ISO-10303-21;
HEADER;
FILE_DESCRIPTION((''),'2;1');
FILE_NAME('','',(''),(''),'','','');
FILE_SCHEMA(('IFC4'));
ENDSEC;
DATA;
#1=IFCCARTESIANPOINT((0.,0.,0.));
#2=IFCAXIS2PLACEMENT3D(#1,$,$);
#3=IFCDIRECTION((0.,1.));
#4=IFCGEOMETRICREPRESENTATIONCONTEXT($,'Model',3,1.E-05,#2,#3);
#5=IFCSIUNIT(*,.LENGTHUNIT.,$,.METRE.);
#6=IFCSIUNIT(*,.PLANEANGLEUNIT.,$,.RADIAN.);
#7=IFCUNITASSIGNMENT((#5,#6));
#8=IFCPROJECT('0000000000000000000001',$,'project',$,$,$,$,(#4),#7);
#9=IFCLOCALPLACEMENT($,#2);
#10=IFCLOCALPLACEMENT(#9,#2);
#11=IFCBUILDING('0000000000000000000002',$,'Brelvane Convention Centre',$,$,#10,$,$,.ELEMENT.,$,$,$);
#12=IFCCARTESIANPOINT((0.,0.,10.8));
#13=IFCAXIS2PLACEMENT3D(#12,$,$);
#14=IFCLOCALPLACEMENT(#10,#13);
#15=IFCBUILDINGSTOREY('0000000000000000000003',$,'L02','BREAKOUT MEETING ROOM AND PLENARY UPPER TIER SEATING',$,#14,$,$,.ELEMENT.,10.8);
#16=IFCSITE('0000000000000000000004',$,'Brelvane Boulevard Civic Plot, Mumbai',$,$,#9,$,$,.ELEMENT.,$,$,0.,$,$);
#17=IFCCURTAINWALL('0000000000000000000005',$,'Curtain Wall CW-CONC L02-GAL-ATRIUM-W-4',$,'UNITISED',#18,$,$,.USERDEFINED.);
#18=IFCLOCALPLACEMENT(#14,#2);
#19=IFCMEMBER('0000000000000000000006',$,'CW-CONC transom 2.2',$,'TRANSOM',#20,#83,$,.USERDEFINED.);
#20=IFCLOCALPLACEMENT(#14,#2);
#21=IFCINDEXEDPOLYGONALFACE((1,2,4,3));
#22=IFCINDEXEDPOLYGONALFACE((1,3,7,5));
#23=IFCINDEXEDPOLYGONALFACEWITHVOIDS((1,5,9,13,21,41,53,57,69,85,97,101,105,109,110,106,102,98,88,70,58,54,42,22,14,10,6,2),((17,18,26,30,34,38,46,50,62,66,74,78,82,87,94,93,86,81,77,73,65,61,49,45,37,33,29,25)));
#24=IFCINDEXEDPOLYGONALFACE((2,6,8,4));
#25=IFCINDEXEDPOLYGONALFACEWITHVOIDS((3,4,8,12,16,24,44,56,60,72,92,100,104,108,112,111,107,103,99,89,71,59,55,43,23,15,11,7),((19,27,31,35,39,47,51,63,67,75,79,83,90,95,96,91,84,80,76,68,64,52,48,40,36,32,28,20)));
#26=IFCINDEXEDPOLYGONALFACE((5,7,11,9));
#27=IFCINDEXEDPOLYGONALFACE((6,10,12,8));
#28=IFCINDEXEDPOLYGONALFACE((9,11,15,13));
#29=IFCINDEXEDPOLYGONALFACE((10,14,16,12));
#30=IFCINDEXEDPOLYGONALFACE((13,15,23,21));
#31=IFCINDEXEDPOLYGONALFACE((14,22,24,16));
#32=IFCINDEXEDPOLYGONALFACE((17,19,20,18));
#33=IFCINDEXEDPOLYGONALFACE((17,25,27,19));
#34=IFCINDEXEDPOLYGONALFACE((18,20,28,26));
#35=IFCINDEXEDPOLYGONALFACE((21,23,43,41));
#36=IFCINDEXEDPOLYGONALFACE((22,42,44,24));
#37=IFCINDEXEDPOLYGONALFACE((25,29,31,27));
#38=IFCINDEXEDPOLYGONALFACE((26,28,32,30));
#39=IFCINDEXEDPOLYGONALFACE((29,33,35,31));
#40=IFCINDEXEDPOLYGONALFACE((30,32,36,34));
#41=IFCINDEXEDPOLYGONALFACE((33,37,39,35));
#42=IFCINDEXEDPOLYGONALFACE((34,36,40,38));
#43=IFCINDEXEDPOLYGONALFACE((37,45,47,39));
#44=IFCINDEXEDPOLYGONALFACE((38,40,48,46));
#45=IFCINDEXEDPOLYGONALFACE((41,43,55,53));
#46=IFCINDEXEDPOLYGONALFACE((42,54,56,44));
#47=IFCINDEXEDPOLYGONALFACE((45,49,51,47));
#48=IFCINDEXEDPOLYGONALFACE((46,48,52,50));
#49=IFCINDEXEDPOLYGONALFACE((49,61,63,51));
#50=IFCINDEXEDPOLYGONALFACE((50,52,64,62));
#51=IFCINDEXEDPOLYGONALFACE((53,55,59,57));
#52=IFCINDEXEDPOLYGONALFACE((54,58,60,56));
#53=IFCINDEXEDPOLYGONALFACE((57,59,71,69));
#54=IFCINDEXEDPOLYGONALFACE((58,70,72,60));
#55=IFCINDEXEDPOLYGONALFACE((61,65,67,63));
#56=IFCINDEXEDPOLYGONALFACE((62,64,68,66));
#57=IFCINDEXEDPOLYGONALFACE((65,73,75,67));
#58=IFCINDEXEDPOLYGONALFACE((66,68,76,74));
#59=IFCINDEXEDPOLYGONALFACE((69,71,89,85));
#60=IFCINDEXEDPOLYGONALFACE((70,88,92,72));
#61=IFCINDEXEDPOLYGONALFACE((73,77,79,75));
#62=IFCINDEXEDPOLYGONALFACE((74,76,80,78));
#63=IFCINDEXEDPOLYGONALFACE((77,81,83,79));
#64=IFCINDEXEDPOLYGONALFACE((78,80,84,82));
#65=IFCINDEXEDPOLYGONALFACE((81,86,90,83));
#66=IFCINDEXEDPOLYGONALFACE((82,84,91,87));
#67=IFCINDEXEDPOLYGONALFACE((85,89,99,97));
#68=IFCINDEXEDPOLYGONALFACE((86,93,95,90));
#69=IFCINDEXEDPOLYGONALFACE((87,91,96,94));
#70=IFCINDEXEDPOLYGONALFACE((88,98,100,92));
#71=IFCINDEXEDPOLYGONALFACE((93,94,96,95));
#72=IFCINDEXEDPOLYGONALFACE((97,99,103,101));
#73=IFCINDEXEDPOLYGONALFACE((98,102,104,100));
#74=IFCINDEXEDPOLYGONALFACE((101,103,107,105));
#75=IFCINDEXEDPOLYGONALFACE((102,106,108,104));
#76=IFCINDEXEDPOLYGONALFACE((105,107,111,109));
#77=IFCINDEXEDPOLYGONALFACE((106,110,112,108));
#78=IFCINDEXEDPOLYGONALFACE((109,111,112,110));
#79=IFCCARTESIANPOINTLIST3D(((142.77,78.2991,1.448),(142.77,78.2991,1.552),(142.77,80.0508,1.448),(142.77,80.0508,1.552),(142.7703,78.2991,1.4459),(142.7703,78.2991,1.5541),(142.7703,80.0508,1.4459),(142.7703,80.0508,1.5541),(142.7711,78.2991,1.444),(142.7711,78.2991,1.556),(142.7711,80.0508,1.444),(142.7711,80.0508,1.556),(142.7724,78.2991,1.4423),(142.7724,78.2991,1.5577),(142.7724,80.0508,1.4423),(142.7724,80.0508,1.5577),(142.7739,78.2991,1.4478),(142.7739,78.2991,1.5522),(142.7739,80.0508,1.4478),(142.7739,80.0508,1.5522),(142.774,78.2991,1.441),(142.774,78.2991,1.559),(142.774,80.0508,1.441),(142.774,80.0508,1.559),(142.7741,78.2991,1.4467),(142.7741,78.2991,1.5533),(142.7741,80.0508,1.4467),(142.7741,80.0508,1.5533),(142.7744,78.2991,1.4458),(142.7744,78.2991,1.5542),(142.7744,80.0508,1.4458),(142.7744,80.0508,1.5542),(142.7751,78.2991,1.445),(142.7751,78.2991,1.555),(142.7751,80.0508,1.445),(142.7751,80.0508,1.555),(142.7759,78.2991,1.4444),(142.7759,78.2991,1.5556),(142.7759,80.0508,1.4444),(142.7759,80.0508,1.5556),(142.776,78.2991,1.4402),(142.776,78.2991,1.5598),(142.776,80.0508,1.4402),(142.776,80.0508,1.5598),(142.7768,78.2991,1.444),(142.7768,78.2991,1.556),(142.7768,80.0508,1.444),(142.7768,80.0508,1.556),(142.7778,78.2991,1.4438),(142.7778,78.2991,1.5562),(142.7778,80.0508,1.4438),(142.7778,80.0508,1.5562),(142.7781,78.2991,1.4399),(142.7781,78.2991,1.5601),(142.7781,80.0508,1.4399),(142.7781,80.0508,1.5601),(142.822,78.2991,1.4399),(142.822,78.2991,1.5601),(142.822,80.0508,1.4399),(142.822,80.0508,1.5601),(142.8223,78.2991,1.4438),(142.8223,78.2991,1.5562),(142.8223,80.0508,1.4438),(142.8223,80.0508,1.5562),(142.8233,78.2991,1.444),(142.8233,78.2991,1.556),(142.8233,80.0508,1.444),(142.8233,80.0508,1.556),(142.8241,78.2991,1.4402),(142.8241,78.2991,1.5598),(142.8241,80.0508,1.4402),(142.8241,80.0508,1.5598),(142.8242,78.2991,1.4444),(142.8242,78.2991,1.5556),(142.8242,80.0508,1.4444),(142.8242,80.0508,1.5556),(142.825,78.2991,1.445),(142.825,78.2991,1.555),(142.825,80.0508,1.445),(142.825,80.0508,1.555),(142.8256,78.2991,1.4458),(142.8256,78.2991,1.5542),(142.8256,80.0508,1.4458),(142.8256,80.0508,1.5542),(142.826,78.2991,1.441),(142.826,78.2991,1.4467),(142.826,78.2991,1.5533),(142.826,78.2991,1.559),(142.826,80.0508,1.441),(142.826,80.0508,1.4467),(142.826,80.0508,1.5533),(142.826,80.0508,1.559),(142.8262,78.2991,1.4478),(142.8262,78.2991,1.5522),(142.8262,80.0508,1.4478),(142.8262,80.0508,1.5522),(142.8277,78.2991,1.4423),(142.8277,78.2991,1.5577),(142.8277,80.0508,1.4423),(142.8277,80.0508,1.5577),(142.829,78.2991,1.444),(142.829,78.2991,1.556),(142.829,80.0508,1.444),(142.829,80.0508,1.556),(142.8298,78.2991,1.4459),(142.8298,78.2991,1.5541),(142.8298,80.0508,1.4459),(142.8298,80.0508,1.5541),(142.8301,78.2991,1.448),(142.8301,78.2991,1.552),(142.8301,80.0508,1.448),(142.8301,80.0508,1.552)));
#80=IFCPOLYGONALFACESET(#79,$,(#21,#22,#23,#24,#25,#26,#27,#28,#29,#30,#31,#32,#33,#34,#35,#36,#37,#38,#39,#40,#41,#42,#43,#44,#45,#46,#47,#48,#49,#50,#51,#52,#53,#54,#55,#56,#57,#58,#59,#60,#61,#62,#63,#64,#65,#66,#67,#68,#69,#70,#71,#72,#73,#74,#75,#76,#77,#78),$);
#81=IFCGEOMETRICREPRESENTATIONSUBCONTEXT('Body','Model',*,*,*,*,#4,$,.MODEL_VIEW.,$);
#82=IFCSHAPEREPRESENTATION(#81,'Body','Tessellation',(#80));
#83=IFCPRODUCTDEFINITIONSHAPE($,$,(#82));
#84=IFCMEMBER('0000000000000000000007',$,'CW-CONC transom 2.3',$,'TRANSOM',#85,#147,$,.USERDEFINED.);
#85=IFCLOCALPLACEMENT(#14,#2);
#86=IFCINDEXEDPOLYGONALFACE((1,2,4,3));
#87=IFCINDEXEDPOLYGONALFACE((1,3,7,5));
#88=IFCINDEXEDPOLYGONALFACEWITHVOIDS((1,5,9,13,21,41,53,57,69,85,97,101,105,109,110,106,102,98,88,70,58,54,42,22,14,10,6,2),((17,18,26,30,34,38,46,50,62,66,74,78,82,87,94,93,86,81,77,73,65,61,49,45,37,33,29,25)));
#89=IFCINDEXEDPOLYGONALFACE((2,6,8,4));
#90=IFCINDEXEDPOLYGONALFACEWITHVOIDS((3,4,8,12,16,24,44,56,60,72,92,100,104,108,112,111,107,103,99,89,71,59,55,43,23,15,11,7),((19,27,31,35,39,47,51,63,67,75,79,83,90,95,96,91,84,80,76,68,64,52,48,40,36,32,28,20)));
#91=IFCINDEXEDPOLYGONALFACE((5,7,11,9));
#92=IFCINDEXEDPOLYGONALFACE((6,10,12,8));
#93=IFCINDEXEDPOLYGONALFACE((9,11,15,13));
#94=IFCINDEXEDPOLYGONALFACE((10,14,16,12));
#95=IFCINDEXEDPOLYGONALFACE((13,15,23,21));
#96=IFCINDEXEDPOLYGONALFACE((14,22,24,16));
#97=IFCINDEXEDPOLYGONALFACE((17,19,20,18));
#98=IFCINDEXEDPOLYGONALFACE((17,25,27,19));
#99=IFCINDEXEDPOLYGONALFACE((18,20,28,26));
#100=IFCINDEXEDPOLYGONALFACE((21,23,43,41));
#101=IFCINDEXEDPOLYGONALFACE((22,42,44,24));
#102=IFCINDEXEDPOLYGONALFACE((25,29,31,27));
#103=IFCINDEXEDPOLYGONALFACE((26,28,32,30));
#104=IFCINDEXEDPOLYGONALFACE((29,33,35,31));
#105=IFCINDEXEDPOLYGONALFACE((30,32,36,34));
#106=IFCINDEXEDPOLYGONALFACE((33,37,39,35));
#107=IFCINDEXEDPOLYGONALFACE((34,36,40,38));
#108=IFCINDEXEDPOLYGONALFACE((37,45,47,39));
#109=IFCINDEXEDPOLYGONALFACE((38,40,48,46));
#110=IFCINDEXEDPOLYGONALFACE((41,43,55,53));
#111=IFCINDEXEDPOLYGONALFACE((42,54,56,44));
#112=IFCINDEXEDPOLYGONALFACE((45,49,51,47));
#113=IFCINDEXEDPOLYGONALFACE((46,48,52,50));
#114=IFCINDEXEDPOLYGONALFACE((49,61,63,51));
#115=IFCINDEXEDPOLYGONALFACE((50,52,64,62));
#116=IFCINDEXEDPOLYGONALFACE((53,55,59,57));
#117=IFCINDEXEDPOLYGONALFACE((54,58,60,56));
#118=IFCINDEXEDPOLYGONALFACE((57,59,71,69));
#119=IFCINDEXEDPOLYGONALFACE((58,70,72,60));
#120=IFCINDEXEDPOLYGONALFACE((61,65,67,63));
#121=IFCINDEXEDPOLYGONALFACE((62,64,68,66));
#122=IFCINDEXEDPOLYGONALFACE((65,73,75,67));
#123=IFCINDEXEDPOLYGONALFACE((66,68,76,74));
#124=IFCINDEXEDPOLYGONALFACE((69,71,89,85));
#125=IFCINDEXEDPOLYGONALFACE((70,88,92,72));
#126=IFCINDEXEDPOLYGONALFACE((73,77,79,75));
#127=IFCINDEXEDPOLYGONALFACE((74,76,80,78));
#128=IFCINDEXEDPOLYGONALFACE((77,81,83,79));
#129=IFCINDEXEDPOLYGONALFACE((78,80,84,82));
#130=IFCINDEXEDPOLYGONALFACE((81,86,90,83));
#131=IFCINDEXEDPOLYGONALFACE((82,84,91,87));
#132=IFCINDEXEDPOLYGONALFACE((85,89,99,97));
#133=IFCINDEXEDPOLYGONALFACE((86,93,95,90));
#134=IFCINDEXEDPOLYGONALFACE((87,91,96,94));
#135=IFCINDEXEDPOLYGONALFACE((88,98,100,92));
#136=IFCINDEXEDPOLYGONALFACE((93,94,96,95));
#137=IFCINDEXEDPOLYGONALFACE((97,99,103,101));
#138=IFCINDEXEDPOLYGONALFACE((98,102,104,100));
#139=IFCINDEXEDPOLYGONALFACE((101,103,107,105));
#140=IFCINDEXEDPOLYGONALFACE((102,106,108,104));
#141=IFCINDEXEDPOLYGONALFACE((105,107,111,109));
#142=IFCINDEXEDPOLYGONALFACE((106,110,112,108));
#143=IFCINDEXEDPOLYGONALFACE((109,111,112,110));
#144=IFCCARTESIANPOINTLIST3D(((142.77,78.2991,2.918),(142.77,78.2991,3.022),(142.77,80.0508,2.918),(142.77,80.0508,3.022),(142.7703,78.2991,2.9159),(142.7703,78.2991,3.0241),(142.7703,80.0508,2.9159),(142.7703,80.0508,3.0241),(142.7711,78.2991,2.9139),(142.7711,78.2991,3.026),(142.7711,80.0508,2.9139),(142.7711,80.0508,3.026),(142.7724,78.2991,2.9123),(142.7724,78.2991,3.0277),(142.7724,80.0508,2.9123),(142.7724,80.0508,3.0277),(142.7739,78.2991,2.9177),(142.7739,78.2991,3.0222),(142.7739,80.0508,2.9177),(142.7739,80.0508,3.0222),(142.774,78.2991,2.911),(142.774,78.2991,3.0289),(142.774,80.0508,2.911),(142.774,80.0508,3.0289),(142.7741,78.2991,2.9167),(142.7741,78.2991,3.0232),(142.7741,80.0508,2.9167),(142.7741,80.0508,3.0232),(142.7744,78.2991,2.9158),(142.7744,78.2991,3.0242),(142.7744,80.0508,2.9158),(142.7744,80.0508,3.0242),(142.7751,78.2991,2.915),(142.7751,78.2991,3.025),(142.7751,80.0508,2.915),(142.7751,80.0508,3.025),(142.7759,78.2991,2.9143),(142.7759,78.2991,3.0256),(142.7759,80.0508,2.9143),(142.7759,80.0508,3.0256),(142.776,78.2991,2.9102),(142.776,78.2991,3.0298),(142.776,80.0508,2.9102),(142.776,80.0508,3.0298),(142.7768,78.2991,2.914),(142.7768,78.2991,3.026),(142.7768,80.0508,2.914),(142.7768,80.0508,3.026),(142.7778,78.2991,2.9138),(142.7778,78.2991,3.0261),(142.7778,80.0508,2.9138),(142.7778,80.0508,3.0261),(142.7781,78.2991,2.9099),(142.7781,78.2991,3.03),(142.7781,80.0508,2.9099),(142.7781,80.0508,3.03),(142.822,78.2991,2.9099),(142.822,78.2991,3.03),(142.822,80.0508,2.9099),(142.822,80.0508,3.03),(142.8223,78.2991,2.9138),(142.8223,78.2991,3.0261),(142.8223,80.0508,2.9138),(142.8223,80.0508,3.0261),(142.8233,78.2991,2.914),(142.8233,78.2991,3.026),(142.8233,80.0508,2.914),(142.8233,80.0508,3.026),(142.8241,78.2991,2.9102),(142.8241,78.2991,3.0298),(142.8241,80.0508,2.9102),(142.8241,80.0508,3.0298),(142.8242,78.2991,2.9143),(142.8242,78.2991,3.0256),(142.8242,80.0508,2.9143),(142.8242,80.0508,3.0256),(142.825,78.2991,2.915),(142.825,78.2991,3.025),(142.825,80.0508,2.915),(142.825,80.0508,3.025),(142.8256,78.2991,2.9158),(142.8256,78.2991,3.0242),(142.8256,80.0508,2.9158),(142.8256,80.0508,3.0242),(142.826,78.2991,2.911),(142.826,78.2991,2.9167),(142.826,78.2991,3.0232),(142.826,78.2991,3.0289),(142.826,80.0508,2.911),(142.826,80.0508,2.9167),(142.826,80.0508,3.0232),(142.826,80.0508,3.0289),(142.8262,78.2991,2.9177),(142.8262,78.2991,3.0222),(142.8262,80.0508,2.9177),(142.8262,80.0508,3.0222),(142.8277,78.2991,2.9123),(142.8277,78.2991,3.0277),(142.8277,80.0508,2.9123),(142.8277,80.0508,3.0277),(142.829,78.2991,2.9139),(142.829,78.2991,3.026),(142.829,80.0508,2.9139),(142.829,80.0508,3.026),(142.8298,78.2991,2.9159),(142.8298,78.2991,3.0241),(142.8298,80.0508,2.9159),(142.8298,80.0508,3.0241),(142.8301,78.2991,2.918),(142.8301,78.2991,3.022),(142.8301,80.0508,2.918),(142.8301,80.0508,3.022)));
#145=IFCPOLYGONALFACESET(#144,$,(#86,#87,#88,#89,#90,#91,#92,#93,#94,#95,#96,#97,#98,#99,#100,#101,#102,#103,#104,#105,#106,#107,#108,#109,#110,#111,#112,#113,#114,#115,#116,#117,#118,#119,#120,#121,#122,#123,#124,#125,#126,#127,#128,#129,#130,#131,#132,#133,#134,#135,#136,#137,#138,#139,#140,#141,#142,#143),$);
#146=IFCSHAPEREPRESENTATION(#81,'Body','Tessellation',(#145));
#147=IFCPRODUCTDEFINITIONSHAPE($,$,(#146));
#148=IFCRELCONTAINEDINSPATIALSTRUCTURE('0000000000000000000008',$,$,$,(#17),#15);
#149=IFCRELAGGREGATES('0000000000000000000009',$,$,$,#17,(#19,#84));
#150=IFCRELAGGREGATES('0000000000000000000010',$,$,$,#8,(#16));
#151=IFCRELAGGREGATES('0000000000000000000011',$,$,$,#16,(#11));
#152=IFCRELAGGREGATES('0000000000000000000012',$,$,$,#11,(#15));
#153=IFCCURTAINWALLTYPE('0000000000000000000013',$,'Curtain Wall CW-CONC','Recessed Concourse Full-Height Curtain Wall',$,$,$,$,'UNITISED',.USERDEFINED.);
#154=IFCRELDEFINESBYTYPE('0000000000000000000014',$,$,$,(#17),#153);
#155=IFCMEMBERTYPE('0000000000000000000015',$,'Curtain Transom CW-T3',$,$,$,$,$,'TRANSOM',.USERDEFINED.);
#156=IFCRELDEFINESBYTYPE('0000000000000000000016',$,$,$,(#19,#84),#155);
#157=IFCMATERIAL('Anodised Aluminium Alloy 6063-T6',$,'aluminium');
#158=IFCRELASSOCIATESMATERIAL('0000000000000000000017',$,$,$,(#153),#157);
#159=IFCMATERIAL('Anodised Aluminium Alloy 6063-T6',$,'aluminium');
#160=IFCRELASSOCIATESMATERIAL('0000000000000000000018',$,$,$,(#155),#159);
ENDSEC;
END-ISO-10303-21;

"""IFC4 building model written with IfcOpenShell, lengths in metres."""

from ifc_helpers import new_model, si_unit, direction, frame, origin, origin_2d, place, context, subcontext, project, spatial, hollow_rectangle, extrude, material, material_profile, profile_set, type_object, element, aggregate, save


model = new_model("IFC4")

# Units and contexts
model_context = context("Model", 3, precision=1e-05, world=origin(), true_north=direction((0.0, 1.0)))
body_context = subcontext(model_context, "Body", "Model", "MODEL_VIEW")
ifc_project = project(units=[si_unit("LENGTHUNIT", "METRE"), si_unit("PLANEANGLEUNIT", "RADIAN")], contexts=[model_context])

# Site, building, storey
site_placement = place(None, origin())
site = spatial("IfcSite", under=ifc_project, at=site_placement, Name="Brelvane Boulevard Civic Plot, Mumbai", CompositionType="ELEMENT", RefElevation=0.0)
building_placement = place(site_placement, origin())
building = spatial("IfcBuilding", under=site, at=building_placement, Name="Brelvane Convention Centre", CompositionType="ELEMENT")
storey_placement = place(building_placement, frame((0.0, 0.0, 10.8)))
storey = spatial("IfcBuildingStorey", under=building, at=storey_placement, Name="L02", Description="BREAKOUT MEETING ROOM AND PLENARY UPPER TIER SEATING", CompositionType="ELEMENT", Elevation=10.8)

# Curtain wall
ifc_material_1 = material(Name="Anodised Aluminium Alloy 6063-T6", Category="aluminium")
curtain_wall_type = type_object("IfcCurtainWallType", Name="Curtain Wall CW-CONC", Description="Recessed Concourse Full-Height Curtain Wall", ElementType="UNITISED", PredefinedType="USERDEFINED", material=ifc_material_1)
curtain_wall_1_placement = place(storey_placement, origin())
curtain_wall_1 = element("IfcCurtainWall", 1, at=curtain_wall_1_placement, inside=storey, type_object=curtain_wall_type, Name="Curtain Wall CW-CONC L02-GAL-ATRIUM-W-4", ObjectType="UNITISED", PredefinedType="USERDEFINED")

# Members
ifc_material_2 = material(Name="Anodised Aluminium Alloy 6063-T6", Category="aluminium")
ifc_material_profile_1 = material_profile(ifc_material_2, hollow_rectangle(XDim=0.0601, YDim=0.1201, WallThickness=0.0039, InnerFilletRadius=0.0039, OuterFilletRadius=0.0081, at=origin_2d()), Name="ALU-T 120x60x4.0")
ifc_profile_set_1 = profile_set([ifc_material_profile_1], Name="Anodised Aluminium Alloy 6063-T6")
member_type_1 = type_object("IfcMemberType", Name="Curtain Transom CW-T3", ElementType="TRANSOM", PredefinedType="USERDEFINED", material=ifc_profile_set_1)
member_1_placement = place(storey_placement, frame((142.8, 78.2991, 1.5), z_axis=(0.0, 1.0, 0.0), x_axis=(-1.0, 0.0, 0.0)))
member_1 = element("IfcMember", 2, at=member_1_placement, type_object=member_type_1, Name="CW-CONC transom 2.2", ObjectType="TRANSOM", PredefinedType="USERDEFINED", context=body_context, shape_type="SweptSolid", body=[
    extrude(hollow_rectangle(XDim=0.0601, YDim=0.1201, WallThickness=0.0039, InnerFilletRadius=0.0039, OuterFilletRadius=0.0081, at=origin_2d()), origin(), (0.0, 0.0, 1.0), 1.7517),
])
member_2_placement = place(storey_placement, frame((142.8, 78.2991, 2.97), z_axis=(0.0, 1.0, 0.0), x_axis=(-1.0, 0.0, 0.0)))
member_2 = element("IfcMember", 3, at=member_2_placement, type_object=member_type_1, Name="CW-CONC transom 2.3", ObjectType="TRANSOM", PredefinedType="USERDEFINED", context=body_context, shape_type="SweptSolid", body=[
    extrude(hollow_rectangle(XDim=0.0601, YDim=0.1201, WallThickness=0.0039, InnerFilletRadius=0.0039, OuterFilletRadius=0.0081, at=origin_2d()), origin(), (0.0, 0.0, 1.0), 1.7517),
])

aggregate(curtain_wall_1, [member_1, member_2])

save(model, "model.ifc")
